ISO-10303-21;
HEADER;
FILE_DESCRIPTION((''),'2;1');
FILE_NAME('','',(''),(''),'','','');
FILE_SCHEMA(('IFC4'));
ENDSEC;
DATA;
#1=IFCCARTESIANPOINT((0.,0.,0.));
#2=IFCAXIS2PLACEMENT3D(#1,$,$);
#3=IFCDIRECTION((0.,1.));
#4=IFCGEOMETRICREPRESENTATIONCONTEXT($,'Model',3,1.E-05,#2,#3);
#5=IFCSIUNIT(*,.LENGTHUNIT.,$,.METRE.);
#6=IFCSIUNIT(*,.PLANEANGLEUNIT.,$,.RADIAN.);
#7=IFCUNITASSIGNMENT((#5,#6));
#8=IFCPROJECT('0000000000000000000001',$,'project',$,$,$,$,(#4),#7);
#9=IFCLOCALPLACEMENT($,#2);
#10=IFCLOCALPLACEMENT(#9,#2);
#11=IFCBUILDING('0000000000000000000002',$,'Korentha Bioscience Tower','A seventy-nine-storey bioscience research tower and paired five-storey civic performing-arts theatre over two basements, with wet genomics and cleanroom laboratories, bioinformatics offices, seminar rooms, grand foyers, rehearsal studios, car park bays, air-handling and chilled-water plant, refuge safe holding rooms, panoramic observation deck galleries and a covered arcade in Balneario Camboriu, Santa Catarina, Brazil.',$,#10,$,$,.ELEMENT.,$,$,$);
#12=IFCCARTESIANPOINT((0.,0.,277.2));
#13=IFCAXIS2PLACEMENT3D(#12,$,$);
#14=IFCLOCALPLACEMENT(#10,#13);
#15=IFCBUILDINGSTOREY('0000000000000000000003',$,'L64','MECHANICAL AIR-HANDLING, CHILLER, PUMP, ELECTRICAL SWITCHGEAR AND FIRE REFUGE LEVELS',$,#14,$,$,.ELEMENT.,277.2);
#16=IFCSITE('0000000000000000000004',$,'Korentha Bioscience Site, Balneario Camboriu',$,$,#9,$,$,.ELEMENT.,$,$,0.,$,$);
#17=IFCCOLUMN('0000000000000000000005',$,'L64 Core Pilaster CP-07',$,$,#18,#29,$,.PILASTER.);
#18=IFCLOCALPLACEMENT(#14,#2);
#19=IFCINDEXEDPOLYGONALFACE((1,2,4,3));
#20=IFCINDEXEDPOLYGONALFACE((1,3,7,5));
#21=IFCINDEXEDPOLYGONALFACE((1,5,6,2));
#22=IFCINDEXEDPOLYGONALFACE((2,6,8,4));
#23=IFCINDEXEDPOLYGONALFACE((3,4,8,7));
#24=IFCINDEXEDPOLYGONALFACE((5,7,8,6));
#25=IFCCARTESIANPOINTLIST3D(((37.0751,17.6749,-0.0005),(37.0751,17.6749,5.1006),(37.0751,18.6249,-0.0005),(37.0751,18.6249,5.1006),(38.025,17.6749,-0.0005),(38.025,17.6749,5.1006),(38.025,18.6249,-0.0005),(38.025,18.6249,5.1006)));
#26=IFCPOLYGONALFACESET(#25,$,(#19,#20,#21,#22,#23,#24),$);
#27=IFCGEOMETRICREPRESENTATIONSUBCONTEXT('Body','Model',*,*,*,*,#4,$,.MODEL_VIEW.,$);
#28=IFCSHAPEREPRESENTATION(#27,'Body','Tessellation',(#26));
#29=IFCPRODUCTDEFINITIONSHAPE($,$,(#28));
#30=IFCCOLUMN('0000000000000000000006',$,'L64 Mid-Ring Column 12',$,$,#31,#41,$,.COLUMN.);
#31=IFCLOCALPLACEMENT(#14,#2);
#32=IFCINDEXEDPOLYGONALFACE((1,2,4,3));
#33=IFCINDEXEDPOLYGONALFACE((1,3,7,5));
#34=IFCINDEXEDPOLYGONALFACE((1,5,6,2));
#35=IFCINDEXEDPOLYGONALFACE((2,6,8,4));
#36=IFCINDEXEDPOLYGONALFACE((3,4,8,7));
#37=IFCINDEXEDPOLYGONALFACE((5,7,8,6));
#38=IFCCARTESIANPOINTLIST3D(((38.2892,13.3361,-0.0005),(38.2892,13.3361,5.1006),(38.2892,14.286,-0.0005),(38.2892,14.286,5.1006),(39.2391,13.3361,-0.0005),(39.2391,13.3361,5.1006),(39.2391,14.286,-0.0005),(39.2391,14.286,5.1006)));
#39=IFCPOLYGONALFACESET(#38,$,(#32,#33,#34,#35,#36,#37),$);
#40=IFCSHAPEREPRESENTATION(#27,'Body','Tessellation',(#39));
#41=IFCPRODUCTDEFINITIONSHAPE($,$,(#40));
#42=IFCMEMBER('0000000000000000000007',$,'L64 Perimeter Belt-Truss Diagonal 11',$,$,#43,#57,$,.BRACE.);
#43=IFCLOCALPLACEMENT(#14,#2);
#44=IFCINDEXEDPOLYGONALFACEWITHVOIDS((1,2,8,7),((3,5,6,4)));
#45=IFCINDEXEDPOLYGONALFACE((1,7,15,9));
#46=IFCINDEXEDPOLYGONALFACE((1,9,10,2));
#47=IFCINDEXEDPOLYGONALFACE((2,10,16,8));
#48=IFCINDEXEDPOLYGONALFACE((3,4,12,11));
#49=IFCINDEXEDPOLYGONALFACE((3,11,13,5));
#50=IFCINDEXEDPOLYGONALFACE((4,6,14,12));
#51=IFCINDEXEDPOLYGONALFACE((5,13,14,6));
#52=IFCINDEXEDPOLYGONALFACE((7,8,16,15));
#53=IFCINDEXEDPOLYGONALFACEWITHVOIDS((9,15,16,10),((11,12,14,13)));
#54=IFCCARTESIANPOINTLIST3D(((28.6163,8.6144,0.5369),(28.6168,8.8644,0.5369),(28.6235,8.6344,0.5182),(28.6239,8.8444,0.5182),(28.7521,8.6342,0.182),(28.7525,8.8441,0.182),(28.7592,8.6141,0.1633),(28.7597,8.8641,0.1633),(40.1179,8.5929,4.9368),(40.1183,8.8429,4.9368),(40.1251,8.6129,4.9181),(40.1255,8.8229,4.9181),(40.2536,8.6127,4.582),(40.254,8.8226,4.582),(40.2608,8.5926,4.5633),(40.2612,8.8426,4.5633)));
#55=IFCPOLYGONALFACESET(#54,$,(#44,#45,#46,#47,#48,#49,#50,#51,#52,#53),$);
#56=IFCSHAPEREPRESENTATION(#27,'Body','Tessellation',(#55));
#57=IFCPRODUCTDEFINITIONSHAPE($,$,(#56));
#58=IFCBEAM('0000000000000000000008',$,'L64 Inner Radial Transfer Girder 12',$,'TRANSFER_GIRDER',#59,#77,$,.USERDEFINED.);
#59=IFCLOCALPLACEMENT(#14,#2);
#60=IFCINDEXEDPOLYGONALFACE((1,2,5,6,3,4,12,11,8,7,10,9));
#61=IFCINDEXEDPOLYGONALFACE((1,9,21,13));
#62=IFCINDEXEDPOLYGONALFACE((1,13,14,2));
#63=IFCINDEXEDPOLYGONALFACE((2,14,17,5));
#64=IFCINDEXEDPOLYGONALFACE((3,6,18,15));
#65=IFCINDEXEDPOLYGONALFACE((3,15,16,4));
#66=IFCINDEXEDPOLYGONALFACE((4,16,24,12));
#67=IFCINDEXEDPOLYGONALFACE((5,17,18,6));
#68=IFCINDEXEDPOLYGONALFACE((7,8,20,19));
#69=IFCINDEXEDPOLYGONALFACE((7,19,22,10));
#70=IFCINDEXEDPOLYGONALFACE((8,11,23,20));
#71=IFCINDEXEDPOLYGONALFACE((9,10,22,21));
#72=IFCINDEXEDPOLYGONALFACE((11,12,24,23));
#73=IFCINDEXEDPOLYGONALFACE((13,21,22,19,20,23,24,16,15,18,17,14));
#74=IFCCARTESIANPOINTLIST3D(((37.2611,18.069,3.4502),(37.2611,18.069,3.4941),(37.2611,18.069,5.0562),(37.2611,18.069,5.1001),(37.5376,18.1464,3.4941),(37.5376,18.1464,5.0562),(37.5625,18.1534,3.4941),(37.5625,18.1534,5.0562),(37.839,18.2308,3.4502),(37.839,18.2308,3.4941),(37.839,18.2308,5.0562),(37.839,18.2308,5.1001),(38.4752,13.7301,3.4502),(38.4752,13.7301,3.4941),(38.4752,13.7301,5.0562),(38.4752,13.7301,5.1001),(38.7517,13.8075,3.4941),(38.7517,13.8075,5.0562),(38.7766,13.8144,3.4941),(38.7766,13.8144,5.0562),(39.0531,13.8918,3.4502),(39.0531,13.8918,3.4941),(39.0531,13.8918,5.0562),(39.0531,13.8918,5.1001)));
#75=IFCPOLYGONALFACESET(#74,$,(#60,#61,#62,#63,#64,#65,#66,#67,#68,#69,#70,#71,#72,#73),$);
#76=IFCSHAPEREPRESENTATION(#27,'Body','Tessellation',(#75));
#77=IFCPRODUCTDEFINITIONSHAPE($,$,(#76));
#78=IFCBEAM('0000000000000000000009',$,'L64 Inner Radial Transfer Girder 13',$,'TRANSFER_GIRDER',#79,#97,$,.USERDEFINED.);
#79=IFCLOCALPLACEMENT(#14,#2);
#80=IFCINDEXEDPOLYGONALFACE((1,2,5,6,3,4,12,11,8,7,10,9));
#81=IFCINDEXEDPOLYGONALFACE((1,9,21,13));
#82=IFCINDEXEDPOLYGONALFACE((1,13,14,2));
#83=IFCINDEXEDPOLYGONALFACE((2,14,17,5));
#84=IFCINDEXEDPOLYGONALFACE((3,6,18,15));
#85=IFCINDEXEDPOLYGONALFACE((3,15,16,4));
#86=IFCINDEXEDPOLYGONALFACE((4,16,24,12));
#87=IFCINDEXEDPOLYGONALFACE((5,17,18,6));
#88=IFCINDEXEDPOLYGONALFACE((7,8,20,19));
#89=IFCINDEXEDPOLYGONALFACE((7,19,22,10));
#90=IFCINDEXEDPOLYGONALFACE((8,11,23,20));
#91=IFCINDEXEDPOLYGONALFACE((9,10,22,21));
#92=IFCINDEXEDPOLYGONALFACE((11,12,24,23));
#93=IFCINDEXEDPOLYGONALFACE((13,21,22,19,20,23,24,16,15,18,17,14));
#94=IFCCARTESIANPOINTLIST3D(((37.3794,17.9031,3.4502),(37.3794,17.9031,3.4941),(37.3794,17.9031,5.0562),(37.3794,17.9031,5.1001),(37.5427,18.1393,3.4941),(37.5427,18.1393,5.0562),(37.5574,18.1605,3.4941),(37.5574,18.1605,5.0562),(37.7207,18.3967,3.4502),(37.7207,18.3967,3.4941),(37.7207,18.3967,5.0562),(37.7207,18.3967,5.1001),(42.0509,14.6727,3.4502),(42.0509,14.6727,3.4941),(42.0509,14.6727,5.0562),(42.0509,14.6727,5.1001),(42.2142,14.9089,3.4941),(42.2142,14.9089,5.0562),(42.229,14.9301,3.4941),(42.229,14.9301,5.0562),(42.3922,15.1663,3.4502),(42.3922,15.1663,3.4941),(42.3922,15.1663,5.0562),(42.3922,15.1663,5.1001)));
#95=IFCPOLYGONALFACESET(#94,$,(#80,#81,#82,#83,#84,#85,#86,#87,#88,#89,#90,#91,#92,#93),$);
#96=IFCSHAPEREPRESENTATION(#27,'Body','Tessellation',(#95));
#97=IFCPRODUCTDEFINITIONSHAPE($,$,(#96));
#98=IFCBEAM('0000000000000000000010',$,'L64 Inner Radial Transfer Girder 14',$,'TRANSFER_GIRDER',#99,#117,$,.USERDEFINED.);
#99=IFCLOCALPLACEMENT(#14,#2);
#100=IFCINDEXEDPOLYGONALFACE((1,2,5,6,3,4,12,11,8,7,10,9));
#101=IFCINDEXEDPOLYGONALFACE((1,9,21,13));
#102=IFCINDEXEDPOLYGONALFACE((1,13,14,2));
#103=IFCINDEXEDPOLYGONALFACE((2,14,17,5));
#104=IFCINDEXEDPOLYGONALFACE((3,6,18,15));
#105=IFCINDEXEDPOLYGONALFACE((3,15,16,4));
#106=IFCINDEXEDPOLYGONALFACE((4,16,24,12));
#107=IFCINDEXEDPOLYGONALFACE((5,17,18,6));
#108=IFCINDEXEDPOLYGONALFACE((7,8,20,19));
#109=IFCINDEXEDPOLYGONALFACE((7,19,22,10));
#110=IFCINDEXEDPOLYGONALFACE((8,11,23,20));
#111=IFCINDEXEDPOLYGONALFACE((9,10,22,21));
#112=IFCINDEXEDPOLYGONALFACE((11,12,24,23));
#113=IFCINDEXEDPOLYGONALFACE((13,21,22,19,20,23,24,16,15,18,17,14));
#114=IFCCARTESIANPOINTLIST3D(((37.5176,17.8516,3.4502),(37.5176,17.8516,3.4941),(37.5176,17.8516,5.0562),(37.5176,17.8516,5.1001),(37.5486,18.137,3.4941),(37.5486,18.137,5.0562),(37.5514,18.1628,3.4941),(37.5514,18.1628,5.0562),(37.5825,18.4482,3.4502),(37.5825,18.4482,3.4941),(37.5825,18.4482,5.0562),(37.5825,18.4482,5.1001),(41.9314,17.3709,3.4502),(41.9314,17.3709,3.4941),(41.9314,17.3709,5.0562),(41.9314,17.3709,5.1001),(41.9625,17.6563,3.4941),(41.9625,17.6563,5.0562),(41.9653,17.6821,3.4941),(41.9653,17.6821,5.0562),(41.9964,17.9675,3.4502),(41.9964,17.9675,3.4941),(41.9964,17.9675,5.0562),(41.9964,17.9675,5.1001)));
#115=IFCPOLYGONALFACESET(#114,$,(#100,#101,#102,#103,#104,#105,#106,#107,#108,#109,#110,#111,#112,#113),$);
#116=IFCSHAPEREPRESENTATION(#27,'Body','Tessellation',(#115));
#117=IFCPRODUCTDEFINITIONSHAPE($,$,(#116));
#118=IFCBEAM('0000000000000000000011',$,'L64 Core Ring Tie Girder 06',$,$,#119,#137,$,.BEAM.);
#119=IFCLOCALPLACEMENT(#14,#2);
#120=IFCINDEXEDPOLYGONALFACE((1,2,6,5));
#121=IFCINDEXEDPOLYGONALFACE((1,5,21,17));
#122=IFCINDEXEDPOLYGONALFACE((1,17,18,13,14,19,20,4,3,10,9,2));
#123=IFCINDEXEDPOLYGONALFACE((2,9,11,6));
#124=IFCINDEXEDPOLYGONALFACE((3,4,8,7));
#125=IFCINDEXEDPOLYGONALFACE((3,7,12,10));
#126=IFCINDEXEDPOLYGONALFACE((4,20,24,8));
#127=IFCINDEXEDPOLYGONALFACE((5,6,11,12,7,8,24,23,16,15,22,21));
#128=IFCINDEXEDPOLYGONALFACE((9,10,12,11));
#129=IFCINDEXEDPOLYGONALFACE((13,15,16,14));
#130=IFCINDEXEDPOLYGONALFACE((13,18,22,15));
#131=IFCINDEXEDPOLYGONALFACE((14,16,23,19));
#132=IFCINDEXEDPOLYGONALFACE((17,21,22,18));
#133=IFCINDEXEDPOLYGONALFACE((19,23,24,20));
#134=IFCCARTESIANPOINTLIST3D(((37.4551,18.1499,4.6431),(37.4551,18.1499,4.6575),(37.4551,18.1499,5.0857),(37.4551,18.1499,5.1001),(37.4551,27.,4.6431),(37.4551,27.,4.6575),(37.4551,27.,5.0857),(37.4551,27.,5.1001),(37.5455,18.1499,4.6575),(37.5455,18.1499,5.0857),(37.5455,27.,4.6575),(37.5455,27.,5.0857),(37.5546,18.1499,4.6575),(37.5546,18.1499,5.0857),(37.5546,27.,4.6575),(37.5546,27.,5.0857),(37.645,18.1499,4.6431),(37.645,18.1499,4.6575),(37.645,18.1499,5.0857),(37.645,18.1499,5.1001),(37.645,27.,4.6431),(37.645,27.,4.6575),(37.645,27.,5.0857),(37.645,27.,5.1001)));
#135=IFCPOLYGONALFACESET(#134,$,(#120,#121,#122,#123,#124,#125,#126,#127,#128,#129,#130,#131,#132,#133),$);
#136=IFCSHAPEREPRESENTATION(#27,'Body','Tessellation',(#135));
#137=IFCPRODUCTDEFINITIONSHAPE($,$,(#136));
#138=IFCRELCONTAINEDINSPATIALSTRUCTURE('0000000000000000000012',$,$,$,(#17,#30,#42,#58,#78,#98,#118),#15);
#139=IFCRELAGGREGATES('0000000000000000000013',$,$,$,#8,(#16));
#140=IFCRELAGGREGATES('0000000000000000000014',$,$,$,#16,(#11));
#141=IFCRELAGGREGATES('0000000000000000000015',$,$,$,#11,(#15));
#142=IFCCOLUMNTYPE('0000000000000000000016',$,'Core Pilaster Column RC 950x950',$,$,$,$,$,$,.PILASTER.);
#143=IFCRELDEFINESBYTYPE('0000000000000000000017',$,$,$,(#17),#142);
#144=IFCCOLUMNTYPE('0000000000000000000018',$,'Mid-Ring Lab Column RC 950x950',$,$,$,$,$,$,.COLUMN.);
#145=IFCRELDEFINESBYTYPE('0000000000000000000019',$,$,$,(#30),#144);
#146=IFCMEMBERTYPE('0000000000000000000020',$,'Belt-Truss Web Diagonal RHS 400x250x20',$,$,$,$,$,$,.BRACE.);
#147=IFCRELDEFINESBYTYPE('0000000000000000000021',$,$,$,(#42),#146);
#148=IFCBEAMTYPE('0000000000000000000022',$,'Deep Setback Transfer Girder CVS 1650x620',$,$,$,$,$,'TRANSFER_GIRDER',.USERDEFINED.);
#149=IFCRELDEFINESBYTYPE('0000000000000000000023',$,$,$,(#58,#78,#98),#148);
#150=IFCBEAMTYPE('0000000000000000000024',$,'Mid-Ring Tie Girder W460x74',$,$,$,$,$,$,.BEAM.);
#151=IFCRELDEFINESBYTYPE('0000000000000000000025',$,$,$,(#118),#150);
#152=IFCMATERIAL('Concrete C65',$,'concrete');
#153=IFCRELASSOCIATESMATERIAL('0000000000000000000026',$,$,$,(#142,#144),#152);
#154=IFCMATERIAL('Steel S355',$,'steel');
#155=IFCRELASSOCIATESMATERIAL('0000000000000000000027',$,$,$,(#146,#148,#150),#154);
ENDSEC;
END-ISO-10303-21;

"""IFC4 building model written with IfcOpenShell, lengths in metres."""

from ifc_helpers import new_model, si_unit, direction, frame, origin, origin_2d, place, context, subcontext, project, spatial, rectangle, hollow_rectangle, i_section, extrude, material, material_profile, profile_set, type_object, element, save


model = new_model("IFC4")

# Units and contexts
model_context = context("Model", 3, precision=1e-05, world=origin(), true_north=direction((0.0, 1.0)))
body_context = subcontext(model_context, "Body", "Model", "MODEL_VIEW")
ifc_project = project(units=[si_unit("LENGTHUNIT", "METRE"), si_unit("PLANEANGLEUNIT", "RADIAN")], contexts=[model_context])

# Site, building, storey
site_placement = place(None, origin())
site = spatial("IfcSite", under=ifc_project, at=site_placement, Name="Korentha Bioscience Site, Balneario Camboriu", CompositionType="ELEMENT", RefElevation=0.0)
building_placement = place(site_placement, origin())
building = spatial("IfcBuilding", under=site, at=building_placement, Name="Korentha Bioscience Tower", Description="A seventy-nine-storey bioscience research tower and paired five-storey civic performing-arts theatre over two basements, with wet genomics and cleanroom laboratories, bioinformatics offices, seminar rooms, grand foyers, rehearsal studios, car park bays, air-handling and chilled-water plant, refuge safe holding rooms, panoramic observation deck galleries and a covered arcade in Balneario Camboriu, Santa Catarina, Brazil.", CompositionType="ELEMENT")
storey_placement = place(building_placement, frame((0.0, 0.0, 277.2)))
storey = spatial("IfcBuildingStorey", under=building, at=storey_placement, Name="L64", Description="MECHANICAL AIR-HANDLING, CHILLER, PUMP, ELECTRICAL SWITCHGEAR AND FIRE REFUGE LEVELS", CompositionType="ELEMENT", Elevation=277.2)

# Columns
ifc_material_1 = material(Name="Concrete C65", Category="concrete")
ifc_material_profile_1 = material_profile(ifc_material_1, rectangle(XDim=0.95, YDim=0.95, at=origin_2d()), Name="Concrete C65")
ifc_profile_set_1 = profile_set([ifc_material_profile_1], Name="Concrete C65 (COL-CP09)")
column_type_1 = type_object("IfcColumnType", Name="Core Pilaster Column RC 950x950", PredefinedType="PILASTER", material=ifc_profile_set_1)
column_1_placement = place(storey_placement, frame((37.55, 18.1499, -0.0005), z_axis=(0.0, 0.0, 1.0), x_axis=(1.0, 0.0, 0.0)))
element("IfcColumn", 1, at=column_1_placement, inside=storey, type_object=column_type_1, Name="L64 Core Pilaster CP-07", PredefinedType="PILASTER", context=body_context, shape_type="SweptSolid", body=[
    extrude(rectangle(XDim=0.95, YDim=0.95, at=origin_2d()), origin(), (0.0, 0.0, 1.0), 5.1011),
])
ifc_material_profile_2 = material_profile(ifc_material_1, rectangle(XDim=0.95, YDim=0.95, at=origin_2d()), Name="Concrete C65")
ifc_profile_set_2 = profile_set([ifc_material_profile_2], Name="Concrete C65 (COL-MR09)")
column_type_2 = type_object("IfcColumnType", Name="Mid-Ring Lab Column RC 950x950", PredefinedType="COLUMN", material=ifc_profile_set_2)
column_2_placement = place(storey_placement, frame((38.7642, 13.811, -0.0005), z_axis=(0.0, 0.0, 1.0), x_axis=(1.0, 0.0, 0.0)))
element("IfcColumn", 2, at=column_2_placement, inside=storey, type_object=column_type_2, Name="L64 Mid-Ring Column 12", PredefinedType="COLUMN", context=body_context, shape_type="SweptSolid", body=[
    extrude(rectangle(XDim=0.95, YDim=0.95, at=origin_2d()), origin(), (0.0, 0.0, 1.0), 5.1011),
])

# Member
ifc_material_2 = material(Name="Steel S355", Category="steel")
ifc_material_profile_3 = material_profile(ifc_material_2, hollow_rectangle(XDim=0.25, YDim=0.3999, WallThickness=0.02, at=origin_2d()), Name="Steel S355")
ifc_profile_set_3 = profile_set([ifc_material_profile_3], Name="Steel S355 (BT-D400)")
member_type_1 = type_object("IfcMemberType", Name="Belt-Truss Web Diagonal RHS 400x250x20", PredefinedType="BRACE", material=ifc_profile_set_3)
member_1_placement = place(storey_placement, frame((28.688, 8.7393, 0.3501), z_axis=(0.933989, -0.001745, 0.357299), x_axis=(0.001868, 0.999998, 0.0)))
element("IfcMember", 3, at=member_1_placement, inside=storey, type_object=member_type_1, Name="L64 Perimeter Belt-Truss Diagonal 11", PredefinedType="BRACE", context=body_context, shape_type="SweptSolid", body=[
    extrude(hollow_rectangle(XDim=0.25, YDim=0.3999, WallThickness=0.02, at=origin_2d()), origin(), (0.0, 0.0, 1.0), 12.3145),
])

# Beams
ifc_material_profile_4 = material_profile(ifc_material_2, i_section(OverallWidth=0.6001, OverallDepth=1.6499, WebThickness=0.0259, FlangeThickness=0.0439, at=origin_2d()), Name="Steel S355")
ifc_profile_set_4 = profile_set([ifc_material_profile_4], Name="Steel S355 (TG-04)")
beam_type_1 = type_object("IfcBeamType", Name="Deep Setback Transfer Girder CVS 1650x620", ElementType="TRANSFER_GIRDER", PredefinedType="USERDEFINED", material=ifc_profile_set_4)
beam_1_placement = place(storey_placement, frame((37.55, 18.1499, 4.2751), z_axis=(0.269471, -0.963008, 0.0), x_axis=(0.963008, 0.269471, 0.0)))
element("IfcBeam", 4, at=beam_1_placement, inside=storey, type_object=beam_type_1, Name="L64 Inner Radial Transfer Girder 12", ObjectType="TRANSFER_GIRDER", PredefinedType="USERDEFINED", context=body_context, shape_type="SweptSolid", body=[
    extrude(i_section(OverallWidth=0.6001, OverallDepth=1.6499, WebThickness=0.0259, FlangeThickness=0.0439, at=origin_2d()), origin(), (0.0, 0.0, 1.0), 4.5056),
])
beam_2_placement = place(storey_placement, frame((37.55, 18.1499, 4.2751), z_axis=(0.8225, -0.568765, 0.0), x_axis=(0.568765, 0.8225, 0.0)))
element("IfcBeam", 5, at=beam_2_placement, inside=storey, type_object=beam_type_1, Name="L64 Inner Radial Transfer Girder 13", ObjectType="TRANSFER_GIRDER", PredefinedType="USERDEFINED", context=body_context, shape_type="SweptSolid", body=[
    extrude(i_section(OverallWidth=0.6001, OverallDepth=1.6499, WebThickness=0.0259, FlangeThickness=0.0439, at=origin_2d()), origin(), (0.0, 0.0, 1.0), 5.6797),
])
beam_3_placement = place(storey_placement, frame((37.55, 18.1499, 4.2751), z_axis=(0.994121, -0.108271, 0.0), x_axis=(0.108271, 0.994121, 0.0)))
element("IfcBeam", 6, at=beam_3_placement, inside=storey, type_object=beam_type_1, Name="L64 Inner Radial Transfer Girder 14", ObjectType="TRANSFER_GIRDER", PredefinedType="USERDEFINED", context=body_context, shape_type="SweptSolid", body=[
    extrude(i_section(OverallWidth=0.6001, OverallDepth=1.6499, WebThickness=0.0259, FlangeThickness=0.0439, at=origin_2d()), origin(), (0.0, 0.0, 1.0), 4.4399),
])
ifc_material_profile_5 = material_profile(ifc_material_2, i_section(OverallWidth=0.1899, OverallDepth=0.457, WebThickness=0.009, FlangeThickness=0.0144, at=origin_2d()), Name="Steel S355")
ifc_profile_set_5 = profile_set([ifc_material_profile_5], Name="Steel S355 (MB-460)")
beam_type_2 = type_object("IfcBeamType", Name="Mid-Ring Tie Girder W460x74", PredefinedType="BEAM", material=ifc_profile_set_5)
beam_4_placement = place(storey_placement, frame((37.55, 18.1499, 4.8716), z_axis=(0.0, 1.0, 0.0), x_axis=(-1.0, 0.0, 0.0)))
element("IfcBeam", 7, at=beam_4_placement, inside=storey, type_object=beam_type_2, Name="L64 Core Ring Tie Girder 06", PredefinedType="BEAM", context=body_context, shape_type="SweptSolid", body=[
    extrude(i_section(OverallWidth=0.1899, OverallDepth=0.457, WebThickness=0.009, FlangeThickness=0.0144, at=origin_2d()), origin(), (0.0, 0.0, 1.0), 8.8501),
])

save(model, "model.ifc")
